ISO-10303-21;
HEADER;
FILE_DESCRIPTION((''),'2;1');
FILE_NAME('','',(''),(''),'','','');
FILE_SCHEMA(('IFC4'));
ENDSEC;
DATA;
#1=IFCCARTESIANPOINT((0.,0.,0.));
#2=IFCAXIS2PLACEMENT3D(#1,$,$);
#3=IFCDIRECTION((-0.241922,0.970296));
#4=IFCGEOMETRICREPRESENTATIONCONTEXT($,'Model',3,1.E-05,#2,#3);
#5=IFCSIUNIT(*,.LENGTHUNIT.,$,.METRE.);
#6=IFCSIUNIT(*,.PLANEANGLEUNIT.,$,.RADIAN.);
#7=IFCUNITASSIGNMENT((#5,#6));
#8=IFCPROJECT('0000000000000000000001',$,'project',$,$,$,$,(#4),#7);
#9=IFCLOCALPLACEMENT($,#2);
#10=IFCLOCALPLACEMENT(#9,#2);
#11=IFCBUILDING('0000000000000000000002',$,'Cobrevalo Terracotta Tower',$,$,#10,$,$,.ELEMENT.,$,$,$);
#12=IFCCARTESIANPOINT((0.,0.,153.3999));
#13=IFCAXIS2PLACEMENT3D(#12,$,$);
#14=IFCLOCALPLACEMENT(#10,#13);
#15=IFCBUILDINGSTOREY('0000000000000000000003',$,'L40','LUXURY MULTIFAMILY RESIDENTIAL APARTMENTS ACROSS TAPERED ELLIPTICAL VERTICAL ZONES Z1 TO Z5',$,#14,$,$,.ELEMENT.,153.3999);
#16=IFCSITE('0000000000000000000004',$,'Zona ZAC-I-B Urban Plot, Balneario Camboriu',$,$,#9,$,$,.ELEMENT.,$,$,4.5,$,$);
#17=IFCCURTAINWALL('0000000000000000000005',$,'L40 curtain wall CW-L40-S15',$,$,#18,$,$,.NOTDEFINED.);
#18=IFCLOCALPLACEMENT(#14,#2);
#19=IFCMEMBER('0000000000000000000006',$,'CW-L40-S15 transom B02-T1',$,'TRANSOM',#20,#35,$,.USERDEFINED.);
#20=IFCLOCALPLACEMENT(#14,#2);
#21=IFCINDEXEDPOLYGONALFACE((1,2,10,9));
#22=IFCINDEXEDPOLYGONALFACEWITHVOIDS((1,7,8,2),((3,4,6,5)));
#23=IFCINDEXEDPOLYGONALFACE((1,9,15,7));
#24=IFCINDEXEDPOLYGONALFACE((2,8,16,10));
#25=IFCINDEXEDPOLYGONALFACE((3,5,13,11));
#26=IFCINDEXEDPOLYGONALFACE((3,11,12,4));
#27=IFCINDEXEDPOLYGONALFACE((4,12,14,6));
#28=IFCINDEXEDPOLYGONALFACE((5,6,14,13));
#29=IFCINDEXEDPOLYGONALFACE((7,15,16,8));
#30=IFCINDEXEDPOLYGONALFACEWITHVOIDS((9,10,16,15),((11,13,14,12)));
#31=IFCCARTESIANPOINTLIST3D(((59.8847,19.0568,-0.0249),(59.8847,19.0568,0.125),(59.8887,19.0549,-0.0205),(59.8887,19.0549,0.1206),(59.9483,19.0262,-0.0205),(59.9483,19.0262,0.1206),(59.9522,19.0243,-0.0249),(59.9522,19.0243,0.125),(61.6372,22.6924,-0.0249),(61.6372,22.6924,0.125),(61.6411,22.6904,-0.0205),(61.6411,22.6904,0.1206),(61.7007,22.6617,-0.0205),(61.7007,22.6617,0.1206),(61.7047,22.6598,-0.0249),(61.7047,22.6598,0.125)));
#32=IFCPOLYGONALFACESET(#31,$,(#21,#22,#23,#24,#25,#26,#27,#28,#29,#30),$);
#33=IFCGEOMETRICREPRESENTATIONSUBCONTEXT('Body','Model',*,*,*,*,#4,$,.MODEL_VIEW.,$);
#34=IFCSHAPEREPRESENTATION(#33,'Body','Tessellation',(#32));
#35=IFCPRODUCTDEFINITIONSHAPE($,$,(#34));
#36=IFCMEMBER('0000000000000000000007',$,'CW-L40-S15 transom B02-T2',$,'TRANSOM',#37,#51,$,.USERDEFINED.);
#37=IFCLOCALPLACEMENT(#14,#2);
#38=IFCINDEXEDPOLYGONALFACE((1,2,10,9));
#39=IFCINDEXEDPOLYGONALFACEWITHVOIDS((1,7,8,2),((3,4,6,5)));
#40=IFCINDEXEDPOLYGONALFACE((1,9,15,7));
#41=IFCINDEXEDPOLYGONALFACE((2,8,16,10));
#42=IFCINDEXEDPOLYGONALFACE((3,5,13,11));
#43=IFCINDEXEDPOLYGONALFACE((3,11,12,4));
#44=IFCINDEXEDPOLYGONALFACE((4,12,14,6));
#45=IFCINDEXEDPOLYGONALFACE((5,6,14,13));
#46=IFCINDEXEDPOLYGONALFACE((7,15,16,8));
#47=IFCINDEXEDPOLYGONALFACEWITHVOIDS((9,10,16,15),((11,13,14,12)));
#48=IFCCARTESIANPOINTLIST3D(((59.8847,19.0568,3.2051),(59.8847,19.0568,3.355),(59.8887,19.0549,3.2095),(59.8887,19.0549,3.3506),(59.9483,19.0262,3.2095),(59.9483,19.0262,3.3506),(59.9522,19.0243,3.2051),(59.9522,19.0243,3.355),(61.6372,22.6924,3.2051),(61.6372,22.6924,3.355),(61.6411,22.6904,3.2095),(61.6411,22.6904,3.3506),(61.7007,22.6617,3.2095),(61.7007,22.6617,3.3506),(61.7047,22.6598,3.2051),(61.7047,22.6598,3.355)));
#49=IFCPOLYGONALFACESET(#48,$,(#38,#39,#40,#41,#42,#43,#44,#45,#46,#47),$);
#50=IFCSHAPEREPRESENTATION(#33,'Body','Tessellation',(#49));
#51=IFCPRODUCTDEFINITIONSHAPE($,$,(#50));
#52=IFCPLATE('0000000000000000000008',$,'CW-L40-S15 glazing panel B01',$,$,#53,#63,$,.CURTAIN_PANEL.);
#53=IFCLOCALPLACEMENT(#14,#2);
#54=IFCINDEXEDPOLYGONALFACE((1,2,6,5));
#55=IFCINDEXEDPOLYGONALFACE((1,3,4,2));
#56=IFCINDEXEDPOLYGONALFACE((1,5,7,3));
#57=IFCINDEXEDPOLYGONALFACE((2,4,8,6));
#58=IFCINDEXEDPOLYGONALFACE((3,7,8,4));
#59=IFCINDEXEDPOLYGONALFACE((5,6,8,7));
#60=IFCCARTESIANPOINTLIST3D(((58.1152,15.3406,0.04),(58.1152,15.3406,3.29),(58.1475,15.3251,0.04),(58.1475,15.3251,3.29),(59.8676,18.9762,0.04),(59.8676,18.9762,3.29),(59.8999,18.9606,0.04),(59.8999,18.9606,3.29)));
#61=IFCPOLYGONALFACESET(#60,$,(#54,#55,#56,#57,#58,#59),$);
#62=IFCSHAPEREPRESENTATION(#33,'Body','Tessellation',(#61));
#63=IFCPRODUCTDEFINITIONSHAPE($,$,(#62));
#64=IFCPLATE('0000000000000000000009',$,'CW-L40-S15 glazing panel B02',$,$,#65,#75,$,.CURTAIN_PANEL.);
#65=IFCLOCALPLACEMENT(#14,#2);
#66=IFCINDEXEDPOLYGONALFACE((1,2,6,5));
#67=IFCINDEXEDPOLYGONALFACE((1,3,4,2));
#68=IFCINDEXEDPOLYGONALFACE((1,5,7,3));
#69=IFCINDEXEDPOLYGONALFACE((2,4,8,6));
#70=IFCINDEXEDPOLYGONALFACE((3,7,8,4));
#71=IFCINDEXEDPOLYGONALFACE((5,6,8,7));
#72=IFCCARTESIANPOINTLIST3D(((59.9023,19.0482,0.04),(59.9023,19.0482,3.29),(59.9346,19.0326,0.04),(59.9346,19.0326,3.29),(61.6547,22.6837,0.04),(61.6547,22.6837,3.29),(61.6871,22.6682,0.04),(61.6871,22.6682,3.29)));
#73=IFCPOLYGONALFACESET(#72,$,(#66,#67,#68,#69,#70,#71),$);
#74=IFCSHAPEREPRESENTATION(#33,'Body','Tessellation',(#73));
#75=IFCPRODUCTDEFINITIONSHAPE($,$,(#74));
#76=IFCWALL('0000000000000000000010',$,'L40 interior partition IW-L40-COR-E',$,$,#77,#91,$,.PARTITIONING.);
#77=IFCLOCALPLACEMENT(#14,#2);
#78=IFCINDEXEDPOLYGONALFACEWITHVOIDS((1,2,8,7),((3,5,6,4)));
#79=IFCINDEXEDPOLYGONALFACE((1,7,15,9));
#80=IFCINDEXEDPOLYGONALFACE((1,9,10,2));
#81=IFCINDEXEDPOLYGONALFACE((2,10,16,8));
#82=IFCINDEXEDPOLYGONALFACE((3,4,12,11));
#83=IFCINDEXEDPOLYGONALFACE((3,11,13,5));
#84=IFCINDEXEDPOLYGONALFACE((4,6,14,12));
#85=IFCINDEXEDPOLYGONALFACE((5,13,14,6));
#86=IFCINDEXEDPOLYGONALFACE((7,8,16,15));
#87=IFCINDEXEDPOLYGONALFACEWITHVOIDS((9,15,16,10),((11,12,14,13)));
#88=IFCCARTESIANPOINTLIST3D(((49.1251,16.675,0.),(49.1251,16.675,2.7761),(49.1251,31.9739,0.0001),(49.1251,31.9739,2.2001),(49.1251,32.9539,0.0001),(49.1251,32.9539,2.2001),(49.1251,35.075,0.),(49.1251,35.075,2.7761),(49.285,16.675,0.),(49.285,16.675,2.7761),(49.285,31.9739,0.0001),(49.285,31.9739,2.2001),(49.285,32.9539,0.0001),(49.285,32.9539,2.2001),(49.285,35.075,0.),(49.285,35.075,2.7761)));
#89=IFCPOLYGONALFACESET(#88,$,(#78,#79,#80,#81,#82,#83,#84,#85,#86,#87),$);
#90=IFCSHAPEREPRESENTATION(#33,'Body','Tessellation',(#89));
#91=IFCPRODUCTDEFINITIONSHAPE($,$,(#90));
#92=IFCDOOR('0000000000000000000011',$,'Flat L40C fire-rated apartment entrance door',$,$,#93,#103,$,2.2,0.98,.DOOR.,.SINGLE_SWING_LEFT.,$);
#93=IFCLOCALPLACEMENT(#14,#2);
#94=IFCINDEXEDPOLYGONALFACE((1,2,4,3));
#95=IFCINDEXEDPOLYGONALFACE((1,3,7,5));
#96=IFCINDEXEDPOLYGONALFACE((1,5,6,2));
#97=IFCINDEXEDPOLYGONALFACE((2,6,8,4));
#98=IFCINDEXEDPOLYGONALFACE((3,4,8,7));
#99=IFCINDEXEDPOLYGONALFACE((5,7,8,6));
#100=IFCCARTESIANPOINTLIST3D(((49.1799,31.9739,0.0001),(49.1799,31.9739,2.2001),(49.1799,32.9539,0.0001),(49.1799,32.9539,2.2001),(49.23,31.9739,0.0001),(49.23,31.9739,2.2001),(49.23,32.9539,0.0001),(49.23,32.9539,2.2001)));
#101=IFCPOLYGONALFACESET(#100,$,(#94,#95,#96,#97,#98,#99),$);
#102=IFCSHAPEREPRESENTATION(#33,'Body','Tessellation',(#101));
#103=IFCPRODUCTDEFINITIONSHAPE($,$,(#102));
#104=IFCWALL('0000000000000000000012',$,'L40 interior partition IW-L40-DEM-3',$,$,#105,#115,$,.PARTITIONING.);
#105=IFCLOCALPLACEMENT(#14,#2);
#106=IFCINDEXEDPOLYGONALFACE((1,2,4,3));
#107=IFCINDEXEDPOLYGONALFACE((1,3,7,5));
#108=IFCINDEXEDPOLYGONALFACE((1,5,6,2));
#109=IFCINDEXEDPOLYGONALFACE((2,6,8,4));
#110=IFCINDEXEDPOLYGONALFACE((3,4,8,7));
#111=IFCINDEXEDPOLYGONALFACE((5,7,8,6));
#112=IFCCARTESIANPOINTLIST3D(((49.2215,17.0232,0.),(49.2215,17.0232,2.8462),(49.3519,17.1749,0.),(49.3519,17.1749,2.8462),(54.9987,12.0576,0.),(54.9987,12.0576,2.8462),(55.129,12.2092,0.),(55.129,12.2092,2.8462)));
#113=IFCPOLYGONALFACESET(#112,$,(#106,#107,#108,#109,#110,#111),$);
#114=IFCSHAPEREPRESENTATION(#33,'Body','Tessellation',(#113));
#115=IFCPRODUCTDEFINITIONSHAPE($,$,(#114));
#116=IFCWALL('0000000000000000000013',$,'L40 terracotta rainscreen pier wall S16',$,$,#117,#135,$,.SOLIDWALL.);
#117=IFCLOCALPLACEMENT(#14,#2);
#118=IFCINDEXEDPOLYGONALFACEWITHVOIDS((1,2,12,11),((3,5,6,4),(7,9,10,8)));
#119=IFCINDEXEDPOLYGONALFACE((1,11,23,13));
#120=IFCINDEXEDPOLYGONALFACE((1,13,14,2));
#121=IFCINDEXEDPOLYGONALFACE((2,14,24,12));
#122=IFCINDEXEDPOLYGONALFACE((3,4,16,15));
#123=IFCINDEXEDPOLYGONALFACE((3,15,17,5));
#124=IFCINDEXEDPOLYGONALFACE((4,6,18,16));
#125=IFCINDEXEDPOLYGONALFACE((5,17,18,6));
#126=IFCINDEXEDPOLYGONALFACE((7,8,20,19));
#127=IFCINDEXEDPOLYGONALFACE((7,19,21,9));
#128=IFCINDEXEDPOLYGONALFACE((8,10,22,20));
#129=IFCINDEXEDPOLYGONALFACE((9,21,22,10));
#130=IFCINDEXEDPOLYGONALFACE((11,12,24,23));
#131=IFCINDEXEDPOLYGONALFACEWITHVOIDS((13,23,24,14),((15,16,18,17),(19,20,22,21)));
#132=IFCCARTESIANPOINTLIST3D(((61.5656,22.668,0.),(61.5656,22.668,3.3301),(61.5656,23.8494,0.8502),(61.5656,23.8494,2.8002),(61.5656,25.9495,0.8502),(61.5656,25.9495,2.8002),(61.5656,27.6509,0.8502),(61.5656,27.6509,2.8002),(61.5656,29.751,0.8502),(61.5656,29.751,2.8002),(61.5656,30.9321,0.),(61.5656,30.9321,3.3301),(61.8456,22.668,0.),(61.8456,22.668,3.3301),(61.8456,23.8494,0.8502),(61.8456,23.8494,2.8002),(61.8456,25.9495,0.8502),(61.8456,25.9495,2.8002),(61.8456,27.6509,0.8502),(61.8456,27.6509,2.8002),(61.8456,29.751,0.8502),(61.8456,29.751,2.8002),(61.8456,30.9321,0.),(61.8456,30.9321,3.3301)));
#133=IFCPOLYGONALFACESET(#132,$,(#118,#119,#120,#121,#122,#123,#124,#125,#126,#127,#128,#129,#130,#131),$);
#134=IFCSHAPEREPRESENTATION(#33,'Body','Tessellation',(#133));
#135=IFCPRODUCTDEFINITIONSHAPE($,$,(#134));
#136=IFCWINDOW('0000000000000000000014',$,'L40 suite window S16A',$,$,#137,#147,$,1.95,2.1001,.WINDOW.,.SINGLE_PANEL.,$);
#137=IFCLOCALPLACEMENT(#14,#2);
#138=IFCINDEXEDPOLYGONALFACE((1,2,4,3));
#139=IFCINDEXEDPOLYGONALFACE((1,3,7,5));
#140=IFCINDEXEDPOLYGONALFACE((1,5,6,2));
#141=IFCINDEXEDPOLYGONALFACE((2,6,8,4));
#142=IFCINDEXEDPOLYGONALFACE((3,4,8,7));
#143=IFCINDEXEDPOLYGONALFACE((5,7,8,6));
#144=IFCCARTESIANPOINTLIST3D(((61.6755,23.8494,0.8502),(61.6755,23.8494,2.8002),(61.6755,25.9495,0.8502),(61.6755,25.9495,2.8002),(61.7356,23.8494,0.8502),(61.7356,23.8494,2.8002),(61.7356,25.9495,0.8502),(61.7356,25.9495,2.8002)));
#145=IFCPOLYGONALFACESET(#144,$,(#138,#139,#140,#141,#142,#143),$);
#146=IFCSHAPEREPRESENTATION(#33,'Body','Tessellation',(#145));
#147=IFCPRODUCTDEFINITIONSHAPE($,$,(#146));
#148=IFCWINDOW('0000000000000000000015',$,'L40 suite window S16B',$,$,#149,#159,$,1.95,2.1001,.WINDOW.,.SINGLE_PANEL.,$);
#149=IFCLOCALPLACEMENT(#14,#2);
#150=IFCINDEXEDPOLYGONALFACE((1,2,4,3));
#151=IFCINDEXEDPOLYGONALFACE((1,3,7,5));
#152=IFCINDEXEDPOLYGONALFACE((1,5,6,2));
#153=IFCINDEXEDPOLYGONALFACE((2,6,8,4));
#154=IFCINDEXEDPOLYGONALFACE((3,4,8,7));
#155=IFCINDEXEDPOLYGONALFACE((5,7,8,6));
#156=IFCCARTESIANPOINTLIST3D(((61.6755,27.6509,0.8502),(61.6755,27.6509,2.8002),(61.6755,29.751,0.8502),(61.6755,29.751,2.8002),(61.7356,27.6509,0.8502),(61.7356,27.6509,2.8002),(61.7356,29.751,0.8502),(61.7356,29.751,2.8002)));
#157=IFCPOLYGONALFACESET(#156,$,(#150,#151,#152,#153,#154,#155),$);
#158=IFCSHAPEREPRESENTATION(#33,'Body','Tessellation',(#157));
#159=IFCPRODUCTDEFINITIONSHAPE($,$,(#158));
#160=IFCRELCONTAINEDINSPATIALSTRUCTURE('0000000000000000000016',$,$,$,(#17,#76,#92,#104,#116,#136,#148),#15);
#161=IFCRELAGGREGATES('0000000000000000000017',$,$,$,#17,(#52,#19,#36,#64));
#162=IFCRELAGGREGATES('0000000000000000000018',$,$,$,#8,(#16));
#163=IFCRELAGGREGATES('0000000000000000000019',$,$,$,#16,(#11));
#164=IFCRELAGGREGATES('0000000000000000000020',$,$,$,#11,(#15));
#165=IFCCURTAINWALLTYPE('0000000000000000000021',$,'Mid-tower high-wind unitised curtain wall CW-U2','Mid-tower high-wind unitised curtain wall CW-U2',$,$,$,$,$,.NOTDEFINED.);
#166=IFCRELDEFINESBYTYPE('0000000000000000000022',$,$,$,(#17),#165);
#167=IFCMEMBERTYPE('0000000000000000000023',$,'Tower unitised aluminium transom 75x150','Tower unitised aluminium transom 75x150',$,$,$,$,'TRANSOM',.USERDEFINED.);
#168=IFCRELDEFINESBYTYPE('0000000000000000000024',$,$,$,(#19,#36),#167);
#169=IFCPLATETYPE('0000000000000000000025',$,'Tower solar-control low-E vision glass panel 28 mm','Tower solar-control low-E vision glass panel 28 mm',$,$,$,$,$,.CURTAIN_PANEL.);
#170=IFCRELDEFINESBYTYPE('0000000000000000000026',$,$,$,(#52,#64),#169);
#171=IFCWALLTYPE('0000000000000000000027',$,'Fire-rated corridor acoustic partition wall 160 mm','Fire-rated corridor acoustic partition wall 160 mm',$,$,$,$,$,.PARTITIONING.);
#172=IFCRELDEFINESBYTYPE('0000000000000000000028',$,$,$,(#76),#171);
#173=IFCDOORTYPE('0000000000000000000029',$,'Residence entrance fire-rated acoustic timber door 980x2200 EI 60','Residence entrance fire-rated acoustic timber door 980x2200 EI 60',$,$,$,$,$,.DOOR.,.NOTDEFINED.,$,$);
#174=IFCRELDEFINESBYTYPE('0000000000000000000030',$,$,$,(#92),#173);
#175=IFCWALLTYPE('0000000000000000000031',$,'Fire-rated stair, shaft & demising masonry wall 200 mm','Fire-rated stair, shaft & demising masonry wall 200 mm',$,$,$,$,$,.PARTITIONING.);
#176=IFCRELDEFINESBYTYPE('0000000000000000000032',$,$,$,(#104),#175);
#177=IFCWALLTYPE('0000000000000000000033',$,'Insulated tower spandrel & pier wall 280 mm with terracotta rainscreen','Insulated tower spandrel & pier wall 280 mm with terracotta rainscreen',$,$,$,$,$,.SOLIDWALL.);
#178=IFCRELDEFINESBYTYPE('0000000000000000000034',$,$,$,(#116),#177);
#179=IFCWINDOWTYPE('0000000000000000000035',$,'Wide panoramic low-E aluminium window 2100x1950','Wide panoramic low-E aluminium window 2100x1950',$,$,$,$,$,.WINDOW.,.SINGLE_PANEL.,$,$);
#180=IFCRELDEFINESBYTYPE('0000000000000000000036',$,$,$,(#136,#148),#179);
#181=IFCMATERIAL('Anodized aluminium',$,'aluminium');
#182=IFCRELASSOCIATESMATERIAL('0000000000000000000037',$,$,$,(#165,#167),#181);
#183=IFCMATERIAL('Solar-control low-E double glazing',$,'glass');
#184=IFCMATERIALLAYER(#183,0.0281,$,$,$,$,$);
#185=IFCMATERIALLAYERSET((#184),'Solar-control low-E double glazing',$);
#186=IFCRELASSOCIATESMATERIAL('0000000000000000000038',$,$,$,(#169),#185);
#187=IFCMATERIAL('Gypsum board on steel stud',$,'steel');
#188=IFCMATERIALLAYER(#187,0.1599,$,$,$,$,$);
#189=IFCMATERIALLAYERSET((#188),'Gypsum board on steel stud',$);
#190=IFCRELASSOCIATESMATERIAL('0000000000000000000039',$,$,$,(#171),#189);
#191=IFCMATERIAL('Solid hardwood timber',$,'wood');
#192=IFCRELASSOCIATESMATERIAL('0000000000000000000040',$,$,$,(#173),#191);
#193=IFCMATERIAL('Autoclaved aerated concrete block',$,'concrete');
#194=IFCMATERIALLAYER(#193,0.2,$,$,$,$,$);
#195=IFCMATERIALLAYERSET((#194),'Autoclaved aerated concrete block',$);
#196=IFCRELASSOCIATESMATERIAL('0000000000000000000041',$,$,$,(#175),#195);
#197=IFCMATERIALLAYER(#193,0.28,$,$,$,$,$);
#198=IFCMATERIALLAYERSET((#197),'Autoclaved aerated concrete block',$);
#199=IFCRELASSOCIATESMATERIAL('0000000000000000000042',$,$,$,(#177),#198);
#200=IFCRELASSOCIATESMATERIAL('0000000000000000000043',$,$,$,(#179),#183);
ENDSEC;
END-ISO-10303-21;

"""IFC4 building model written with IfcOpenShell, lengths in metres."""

from ifc_helpers import new_model, si_unit, direction, frame, frame_2d, origin, origin_2d, place, context, subcontext, project, spatial, rectangle, hollow_rectangle, extrude, source, transform, mapped, material, layer, layer_set, material_profile, profile_set, type_object, element, fill, aggregate, save


model = new_model("IFC4")

# Units and contexts
model_context = context("Model", 3, precision=1e-05, world=origin(), true_north=direction((-0.241922, 0.970296)))
body_context = subcontext(model_context, "Body", "Model", "MODEL_VIEW")
ifc_project = project(units=[si_unit("LENGTHUNIT", "METRE"), si_unit("PLANEANGLEUNIT", "RADIAN")], contexts=[model_context])

# Site, building, storey
site_placement = place(None, origin())
site = spatial("IfcSite", under=ifc_project, at=site_placement, Name="Zona ZAC-I-B Urban Plot, Balneario Camboriu", CompositionType="ELEMENT", RefElevation=4.5)
building_placement = place(site_placement, origin())
building = spatial("IfcBuilding", under=site, at=building_placement, Name="Cobrevalo Terracotta Tower", CompositionType="ELEMENT")
storey_placement = place(building_placement, frame((0.0, 0.0, 153.3999)))
storey = spatial("IfcBuildingStorey", under=building, at=storey_placement, Name="L40", Description="LUXURY MULTIFAMILY RESIDENTIAL APARTMENTS ACROSS TAPERED ELLIPTICAL VERTICAL ZONES Z1 TO Z5", CompositionType="ELEMENT", Elevation=153.3999)

# Curtain wall, members, plates
ifc_material_1 = material(Name="Anodized aluminium", Category="aluminium")
curtain_wall_type = type_object("IfcCurtainWallType", Name="Mid-tower high-wind unitised curtain wall CW-U2", Description="Mid-tower high-wind unitised curtain wall CW-U2", PredefinedType="NOTDEFINED", material=ifc_material_1)
curtain_wall_placement = place(storey_placement, origin())
curtain_wall = element("IfcCurtainWall", 1, at=curtain_wall_placement, inside=storey, type_object=curtain_wall_type, Name="L40 curtain wall CW-L40-S15", PredefinedType="NOTDEFINED")
ifc_material_profile_1 = material_profile(ifc_material_1, hollow_rectangle(XDim=0.075, YDim=0.1499, WallThickness=0.0044, at=origin_2d()), Name="CWT 75x150")
ifc_profile_set_1 = profile_set([ifc_material_profile_1], Name="Anodized aluminium")
member_type_1 = type_object("IfcMemberType", Name="Tower unitised aluminium transom 75x150", Description="Tower unitised aluminium transom 75x150", ElementType="TRANSOM", PredefinedType="USERDEFINED", material=ifc_profile_set_1)
shared_shape_1 = source(origin(), body_context, "Body", "SweptSolid", [
    extrude(hollow_rectangle(XDim=0.075, YDim=0.1499, WallThickness=0.0044, at=origin_2d()), origin(), (0.0, 0.0, 1.0), 4.0359),
])
member_1_placement = place(storey_placement, frame((59.9185, 19.0405, 0.05), z_axis=(0.434221, 0.900806, 0.0), x_axis=(-0.900806, 0.434221, 0.0)))
member_1 = element("IfcMember", 2, at=member_1_placement, type_object=member_type_1, Name="CW-L40-S15 transom B02-T1", ObjectType="TRANSOM", PredefinedType="USERDEFINED", context=body_context, shape_type="MappedRepresentation", body=[
    mapped(shared_shape_1, transform((0.0, 0.0, 0.0), scale=1.0)),
])
member_2_placement = place(storey_placement, frame((59.9185, 19.0405, 3.28), z_axis=(0.434221, 0.900806, 0.0), x_axis=(-0.900806, 0.434221, 0.0)))
member_2 = element("IfcMember", 3, at=member_2_placement, type_object=member_type_1, Name="CW-L40-S15 transom B02-T2", ObjectType="TRANSOM", PredefinedType="USERDEFINED", context=body_context, shape_type="MappedRepresentation", body=[
    mapped(shared_shape_1, transform((0.0, 0.0, 0.0), scale=1.0)),
])
ifc_material_2 = material(Name="Solar-control low-E double glazing", Category="glass")
ifc_layer_1 = layer(ifc_material_2, 0.0281)
ifc_layer_set_1 = layer_set([ifc_layer_1], Name="Solar-control low-E double glazing")
plate_type = type_object("IfcPlateType", Name="Tower solar-control low-E vision glass panel 28 mm", Description="Tower solar-control low-E vision glass panel 28 mm", PredefinedType="CURTAIN_PANEL", material=ifc_layer_set_1)
shared_shape_2 = source(origin(), body_context, "Body", "SweptSolid", [
    extrude(rectangle(XDim=4.0359, YDim=0.0359, at=origin_2d()), origin(), (0.0, 0.0, 1.0), 3.25),
])
plate_1_placement = place(storey_placement, frame((59.0076, 17.1506, 0.04), z_axis=(0.0, 0.0, 1.0), x_axis=(0.434209, 0.900812, 0.0)))
plate_1 = element("IfcPlate", 4, at=plate_1_placement, type_object=plate_type, Name="CW-L40-S15 glazing panel B01", PredefinedType="CURTAIN_PANEL", context=body_context, shape_type="MappedRepresentation", body=[
    mapped(shared_shape_2, transform((0.0, 0.0, 0.0), scale=1.0)),
])
plate_2_placement = place(storey_placement, frame((60.7947, 20.8582, 0.04), z_axis=(0.0, 0.0, 1.0), x_axis=(0.434209, 0.900812, 0.0)))
plate_2 = element("IfcPlate", 5, at=plate_2_placement, type_object=plate_type, Name="CW-L40-S15 glazing panel B02", PredefinedType="CURTAIN_PANEL", context=body_context, shape_type="MappedRepresentation", body=[
    mapped(shared_shape_2, transform((0.0, 0.0, 0.0), scale=1.0)),
])
aggregate(curtain_wall, [plate_1, member_1, member_2, plate_2])

# Wall, opening, door
ifc_material_3 = material(Name="Gypsum board on steel stud", Category="steel")
ifc_layer_2 = layer(ifc_material_3, 0.1599)
ifc_layer_set_2 = layer_set([ifc_layer_2], Name="Gypsum board on steel stud")
wall_type_1 = type_object("IfcWallType", Name="Fire-rated corridor acoustic partition wall 160 mm", Description="Fire-rated corridor acoustic partition wall 160 mm", PredefinedType="PARTITIONING", material=ifc_layer_set_2)
wall_1_placement = place(storey_placement, frame((49.2051, 16.675, 0.0), z_axis=(0.0, 0.0, 1.0), x_axis=(0.0, 1.0, 0.0)))
wall_1 = element("IfcWall", 6, at=wall_1_placement, inside=storey, type_object=wall_type_1, Name="L40 interior partition IW-L40-COR-E", PredefinedType="PARTITIONING", context=body_context, shape_type="SweptSolid", body=[
    extrude(rectangle(XDim=18.3999, YDim=0.1599, at=frame_2d((9.2, 0.0))), origin(), (0.0, 0.0, 1.0), 2.7761),
])
opening_1_placement = place(wall_1_placement, frame((15.2988, 0.0, 0.0)))
opening_1 = element("IfcOpeningElement", 7, at=opening_1_placement, cuts=wall_1, PredefinedType="OPENING", context=body_context, shape_type="SweptSolid", body=[
    extrude(rectangle(XDim=0.98, YDim=2.2, at=frame_2d((0.49, 1.1001))), frame((0.0, 0.0898, 0.0), z_axis=(0.0, -1.0, 0.0), x_axis=(1.0, 0.0, 0.0)), (0.0, 0.0, 1.0), 0.1799),
])
ifc_material_4 = material(Name="Solid hardwood timber", Category="wood")
door_type = type_object("IfcDoorType", Name="Residence entrance fire-rated acoustic timber door 980x2200 EI 60", Description="Residence entrance fire-rated acoustic timber door 980x2200 EI 60", OperationType="NOTDEFINED", PredefinedType="DOOR", material=ifc_material_4)
shared_shape_3 = source(origin(), body_context, "Body", "SweptSolid", [
    extrude(rectangle(XDim=0.98, YDim=2.2, at=frame_2d((0.49, 1.1001))), frame((0.0, 0.0249, 0.0), z_axis=(0.0, -1.0, 0.0), x_axis=(1.0, 0.0, 0.0)), (0.0, 0.0, 1.0), 0.05),
])
door_placement = place(opening_1_placement, frame((0.98, 0.0, 0.0), z_axis=(0.0, 0.0, 1.0), x_axis=(-1.0, 0.0, 0.0)))
door = element("IfcDoor", 8, at=door_placement, inside=storey, type_object=door_type, Name="Flat L40C fire-rated apartment entrance door", OperationType="SINGLE_SWING_LEFT", OverallHeight=2.2, OverallWidth=0.98, PredefinedType="DOOR", context=body_context, shape_type="MappedRepresentation", body=[
    mapped(shared_shape_3, transform((0.0, 0.0, 0.0), scale=1.0)),
])
fill(opening_1, door)

# Wall
ifc_material_5 = material(Name="Autoclaved aerated concrete block", Category="concrete")
ifc_layer_3 = layer(ifc_material_5, 0.2)
ifc_layer_set_3 = layer_set([ifc_layer_3], Name="Autoclaved aerated concrete block")
wall_type_2 = type_object("IfcWallType", Name="Fire-rated stair, shaft & demising masonry wall 200 mm", Description="Fire-rated stair, shaft & demising masonry wall 200 mm", PredefinedType="PARTITIONING", material=ifc_layer_set_3)
wall_2_placement = place(storey_placement, frame((49.2866, 17.0991, 0.0), z_axis=(0.0, 0.0, 1.0), x_axis=(0.758362, -0.651833, 0.0)))
element("IfcWall", 9, at=wall_2_placement, inside=storey, type_object=wall_type_2, Name="L40 interior partition IW-L40-DEM-3", PredefinedType="PARTITIONING", context=body_context, shape_type="SweptSolid", body=[
    extrude(rectangle(XDim=7.6179, YDim=0.2, at=frame_2d((3.8091, 0.0))), origin(), (0.0, 0.0, 1.0), 2.8462),
])

# Wall, openings, windows
ifc_layer_4 = layer(ifc_material_5, 0.28)
ifc_layer_set_4 = layer_set([ifc_layer_4], Name="Autoclaved aerated concrete block")
wall_type_3 = type_object("IfcWallType", Name="Insulated tower spandrel & pier wall 280 mm with terracotta rainscreen", Description="Insulated tower spandrel & pier wall 280 mm with terracotta rainscreen", PredefinedType="SOLIDWALL", material=ifc_layer_set_4)
wall_3_placement = place(storey_placement, frame((61.7056, 22.668, 0.0), z_axis=(0.0, 0.0, 1.0), x_axis=(0.0, 1.0, 0.0)))
wall_3 = element("IfcWall", 10, at=wall_3_placement, inside=storey, type_object=wall_type_3, Name="L40 terracotta rainscreen pier wall S16", PredefinedType="SOLIDWALL", context=body_context, shape_type="SweptSolid", body=[
    extrude(rectangle(XDim=8.2642, YDim=0.28, at=frame_2d((4.1321, 0.0))), origin(), (0.0, 0.0, 1.0), 3.3301),
])
opening_2_placement = place(wall_3_placement, frame((1.1814, 0.0, 0.8501)))
opening_2 = element("IfcOpeningElement", 11, at=opening_2_placement, cuts=wall_3, PredefinedType="OPENING", context=body_context, shape_type="SweptSolid", body=[
    extrude(rectangle(XDim=2.1001, YDim=1.95, at=frame_2d((1.05, 0.9751))), frame((0.0, 0.1499, 0.0), z_axis=(0.0, -1.0, 0.0), x_axis=(1.0, 0.0, 0.0)), (0.0, 0.0, 1.0), 0.3),
])
opening_3_placement = place(wall_3_placement, frame((4.9829, 0.0, 0.8501)))
opening_3 = element("IfcOpeningElement", 12, at=opening_3_placement, cuts=wall_3, PredefinedType="OPENING", context=body_context, shape_type="SweptSolid", body=[
    extrude(rectangle(XDim=2.1001, YDim=1.95, at=frame_2d((1.05, 0.9751))), frame((0.0, 0.1499, 0.0), z_axis=(0.0, -1.0, 0.0), x_axis=(1.0, 0.0, 0.0)), (0.0, 0.0, 1.0), 0.3),
])
window_type = type_object("IfcWindowType", Name="Wide panoramic low-E aluminium window 2100x1950", Description="Wide panoramic low-E aluminium window 2100x1950", PartitioningType="SINGLE_PANEL", PredefinedType="WINDOW", material=ifc_material_2)
shared_shape_4 = source(origin(), body_context, "Body", "SweptSolid", [
    extrude(rectangle(XDim=2.1001, YDim=1.95, at=frame_2d((1.05, 0.9751))), frame((0.0, 0.03, 0.0), z_axis=(0.0, -1.0, 0.0), x_axis=(1.0, 0.0, 0.0)), (0.0, 0.0, 1.0), 0.0601),
])
window_1_placement = place(opening_2_placement, origin())
window_1 = element("IfcWindow", 13, at=window_1_placement, inside=storey, type_object=window_type, Name="L40 suite window S16A", OverallHeight=1.95, OverallWidth=2.1001, PartitioningType="SINGLE_PANEL", PredefinedType="WINDOW", context=body_context, shape_type="MappedRepresentation", body=[
    mapped(shared_shape_4, transform((0.0, 0.0, 0.0), scale=1.0)),
])
fill(opening_2, window_1)
window_2_placement = place(opening_3_placement, origin())
window_2 = element("IfcWindow", 14, at=window_2_placement, inside=storey, type_object=window_type, Name="L40 suite window S16B", OverallHeight=1.95, OverallWidth=2.1001, PartitioningType="SINGLE_PANEL", PredefinedType="WINDOW", context=body_context, shape_type="MappedRepresentation", body=[
    mapped(shared_shape_4, transform((0.0, 0.0, 0.0), scale=1.0)),
])
fill(opening_3, window_2)

save(model, "model.ifc")
